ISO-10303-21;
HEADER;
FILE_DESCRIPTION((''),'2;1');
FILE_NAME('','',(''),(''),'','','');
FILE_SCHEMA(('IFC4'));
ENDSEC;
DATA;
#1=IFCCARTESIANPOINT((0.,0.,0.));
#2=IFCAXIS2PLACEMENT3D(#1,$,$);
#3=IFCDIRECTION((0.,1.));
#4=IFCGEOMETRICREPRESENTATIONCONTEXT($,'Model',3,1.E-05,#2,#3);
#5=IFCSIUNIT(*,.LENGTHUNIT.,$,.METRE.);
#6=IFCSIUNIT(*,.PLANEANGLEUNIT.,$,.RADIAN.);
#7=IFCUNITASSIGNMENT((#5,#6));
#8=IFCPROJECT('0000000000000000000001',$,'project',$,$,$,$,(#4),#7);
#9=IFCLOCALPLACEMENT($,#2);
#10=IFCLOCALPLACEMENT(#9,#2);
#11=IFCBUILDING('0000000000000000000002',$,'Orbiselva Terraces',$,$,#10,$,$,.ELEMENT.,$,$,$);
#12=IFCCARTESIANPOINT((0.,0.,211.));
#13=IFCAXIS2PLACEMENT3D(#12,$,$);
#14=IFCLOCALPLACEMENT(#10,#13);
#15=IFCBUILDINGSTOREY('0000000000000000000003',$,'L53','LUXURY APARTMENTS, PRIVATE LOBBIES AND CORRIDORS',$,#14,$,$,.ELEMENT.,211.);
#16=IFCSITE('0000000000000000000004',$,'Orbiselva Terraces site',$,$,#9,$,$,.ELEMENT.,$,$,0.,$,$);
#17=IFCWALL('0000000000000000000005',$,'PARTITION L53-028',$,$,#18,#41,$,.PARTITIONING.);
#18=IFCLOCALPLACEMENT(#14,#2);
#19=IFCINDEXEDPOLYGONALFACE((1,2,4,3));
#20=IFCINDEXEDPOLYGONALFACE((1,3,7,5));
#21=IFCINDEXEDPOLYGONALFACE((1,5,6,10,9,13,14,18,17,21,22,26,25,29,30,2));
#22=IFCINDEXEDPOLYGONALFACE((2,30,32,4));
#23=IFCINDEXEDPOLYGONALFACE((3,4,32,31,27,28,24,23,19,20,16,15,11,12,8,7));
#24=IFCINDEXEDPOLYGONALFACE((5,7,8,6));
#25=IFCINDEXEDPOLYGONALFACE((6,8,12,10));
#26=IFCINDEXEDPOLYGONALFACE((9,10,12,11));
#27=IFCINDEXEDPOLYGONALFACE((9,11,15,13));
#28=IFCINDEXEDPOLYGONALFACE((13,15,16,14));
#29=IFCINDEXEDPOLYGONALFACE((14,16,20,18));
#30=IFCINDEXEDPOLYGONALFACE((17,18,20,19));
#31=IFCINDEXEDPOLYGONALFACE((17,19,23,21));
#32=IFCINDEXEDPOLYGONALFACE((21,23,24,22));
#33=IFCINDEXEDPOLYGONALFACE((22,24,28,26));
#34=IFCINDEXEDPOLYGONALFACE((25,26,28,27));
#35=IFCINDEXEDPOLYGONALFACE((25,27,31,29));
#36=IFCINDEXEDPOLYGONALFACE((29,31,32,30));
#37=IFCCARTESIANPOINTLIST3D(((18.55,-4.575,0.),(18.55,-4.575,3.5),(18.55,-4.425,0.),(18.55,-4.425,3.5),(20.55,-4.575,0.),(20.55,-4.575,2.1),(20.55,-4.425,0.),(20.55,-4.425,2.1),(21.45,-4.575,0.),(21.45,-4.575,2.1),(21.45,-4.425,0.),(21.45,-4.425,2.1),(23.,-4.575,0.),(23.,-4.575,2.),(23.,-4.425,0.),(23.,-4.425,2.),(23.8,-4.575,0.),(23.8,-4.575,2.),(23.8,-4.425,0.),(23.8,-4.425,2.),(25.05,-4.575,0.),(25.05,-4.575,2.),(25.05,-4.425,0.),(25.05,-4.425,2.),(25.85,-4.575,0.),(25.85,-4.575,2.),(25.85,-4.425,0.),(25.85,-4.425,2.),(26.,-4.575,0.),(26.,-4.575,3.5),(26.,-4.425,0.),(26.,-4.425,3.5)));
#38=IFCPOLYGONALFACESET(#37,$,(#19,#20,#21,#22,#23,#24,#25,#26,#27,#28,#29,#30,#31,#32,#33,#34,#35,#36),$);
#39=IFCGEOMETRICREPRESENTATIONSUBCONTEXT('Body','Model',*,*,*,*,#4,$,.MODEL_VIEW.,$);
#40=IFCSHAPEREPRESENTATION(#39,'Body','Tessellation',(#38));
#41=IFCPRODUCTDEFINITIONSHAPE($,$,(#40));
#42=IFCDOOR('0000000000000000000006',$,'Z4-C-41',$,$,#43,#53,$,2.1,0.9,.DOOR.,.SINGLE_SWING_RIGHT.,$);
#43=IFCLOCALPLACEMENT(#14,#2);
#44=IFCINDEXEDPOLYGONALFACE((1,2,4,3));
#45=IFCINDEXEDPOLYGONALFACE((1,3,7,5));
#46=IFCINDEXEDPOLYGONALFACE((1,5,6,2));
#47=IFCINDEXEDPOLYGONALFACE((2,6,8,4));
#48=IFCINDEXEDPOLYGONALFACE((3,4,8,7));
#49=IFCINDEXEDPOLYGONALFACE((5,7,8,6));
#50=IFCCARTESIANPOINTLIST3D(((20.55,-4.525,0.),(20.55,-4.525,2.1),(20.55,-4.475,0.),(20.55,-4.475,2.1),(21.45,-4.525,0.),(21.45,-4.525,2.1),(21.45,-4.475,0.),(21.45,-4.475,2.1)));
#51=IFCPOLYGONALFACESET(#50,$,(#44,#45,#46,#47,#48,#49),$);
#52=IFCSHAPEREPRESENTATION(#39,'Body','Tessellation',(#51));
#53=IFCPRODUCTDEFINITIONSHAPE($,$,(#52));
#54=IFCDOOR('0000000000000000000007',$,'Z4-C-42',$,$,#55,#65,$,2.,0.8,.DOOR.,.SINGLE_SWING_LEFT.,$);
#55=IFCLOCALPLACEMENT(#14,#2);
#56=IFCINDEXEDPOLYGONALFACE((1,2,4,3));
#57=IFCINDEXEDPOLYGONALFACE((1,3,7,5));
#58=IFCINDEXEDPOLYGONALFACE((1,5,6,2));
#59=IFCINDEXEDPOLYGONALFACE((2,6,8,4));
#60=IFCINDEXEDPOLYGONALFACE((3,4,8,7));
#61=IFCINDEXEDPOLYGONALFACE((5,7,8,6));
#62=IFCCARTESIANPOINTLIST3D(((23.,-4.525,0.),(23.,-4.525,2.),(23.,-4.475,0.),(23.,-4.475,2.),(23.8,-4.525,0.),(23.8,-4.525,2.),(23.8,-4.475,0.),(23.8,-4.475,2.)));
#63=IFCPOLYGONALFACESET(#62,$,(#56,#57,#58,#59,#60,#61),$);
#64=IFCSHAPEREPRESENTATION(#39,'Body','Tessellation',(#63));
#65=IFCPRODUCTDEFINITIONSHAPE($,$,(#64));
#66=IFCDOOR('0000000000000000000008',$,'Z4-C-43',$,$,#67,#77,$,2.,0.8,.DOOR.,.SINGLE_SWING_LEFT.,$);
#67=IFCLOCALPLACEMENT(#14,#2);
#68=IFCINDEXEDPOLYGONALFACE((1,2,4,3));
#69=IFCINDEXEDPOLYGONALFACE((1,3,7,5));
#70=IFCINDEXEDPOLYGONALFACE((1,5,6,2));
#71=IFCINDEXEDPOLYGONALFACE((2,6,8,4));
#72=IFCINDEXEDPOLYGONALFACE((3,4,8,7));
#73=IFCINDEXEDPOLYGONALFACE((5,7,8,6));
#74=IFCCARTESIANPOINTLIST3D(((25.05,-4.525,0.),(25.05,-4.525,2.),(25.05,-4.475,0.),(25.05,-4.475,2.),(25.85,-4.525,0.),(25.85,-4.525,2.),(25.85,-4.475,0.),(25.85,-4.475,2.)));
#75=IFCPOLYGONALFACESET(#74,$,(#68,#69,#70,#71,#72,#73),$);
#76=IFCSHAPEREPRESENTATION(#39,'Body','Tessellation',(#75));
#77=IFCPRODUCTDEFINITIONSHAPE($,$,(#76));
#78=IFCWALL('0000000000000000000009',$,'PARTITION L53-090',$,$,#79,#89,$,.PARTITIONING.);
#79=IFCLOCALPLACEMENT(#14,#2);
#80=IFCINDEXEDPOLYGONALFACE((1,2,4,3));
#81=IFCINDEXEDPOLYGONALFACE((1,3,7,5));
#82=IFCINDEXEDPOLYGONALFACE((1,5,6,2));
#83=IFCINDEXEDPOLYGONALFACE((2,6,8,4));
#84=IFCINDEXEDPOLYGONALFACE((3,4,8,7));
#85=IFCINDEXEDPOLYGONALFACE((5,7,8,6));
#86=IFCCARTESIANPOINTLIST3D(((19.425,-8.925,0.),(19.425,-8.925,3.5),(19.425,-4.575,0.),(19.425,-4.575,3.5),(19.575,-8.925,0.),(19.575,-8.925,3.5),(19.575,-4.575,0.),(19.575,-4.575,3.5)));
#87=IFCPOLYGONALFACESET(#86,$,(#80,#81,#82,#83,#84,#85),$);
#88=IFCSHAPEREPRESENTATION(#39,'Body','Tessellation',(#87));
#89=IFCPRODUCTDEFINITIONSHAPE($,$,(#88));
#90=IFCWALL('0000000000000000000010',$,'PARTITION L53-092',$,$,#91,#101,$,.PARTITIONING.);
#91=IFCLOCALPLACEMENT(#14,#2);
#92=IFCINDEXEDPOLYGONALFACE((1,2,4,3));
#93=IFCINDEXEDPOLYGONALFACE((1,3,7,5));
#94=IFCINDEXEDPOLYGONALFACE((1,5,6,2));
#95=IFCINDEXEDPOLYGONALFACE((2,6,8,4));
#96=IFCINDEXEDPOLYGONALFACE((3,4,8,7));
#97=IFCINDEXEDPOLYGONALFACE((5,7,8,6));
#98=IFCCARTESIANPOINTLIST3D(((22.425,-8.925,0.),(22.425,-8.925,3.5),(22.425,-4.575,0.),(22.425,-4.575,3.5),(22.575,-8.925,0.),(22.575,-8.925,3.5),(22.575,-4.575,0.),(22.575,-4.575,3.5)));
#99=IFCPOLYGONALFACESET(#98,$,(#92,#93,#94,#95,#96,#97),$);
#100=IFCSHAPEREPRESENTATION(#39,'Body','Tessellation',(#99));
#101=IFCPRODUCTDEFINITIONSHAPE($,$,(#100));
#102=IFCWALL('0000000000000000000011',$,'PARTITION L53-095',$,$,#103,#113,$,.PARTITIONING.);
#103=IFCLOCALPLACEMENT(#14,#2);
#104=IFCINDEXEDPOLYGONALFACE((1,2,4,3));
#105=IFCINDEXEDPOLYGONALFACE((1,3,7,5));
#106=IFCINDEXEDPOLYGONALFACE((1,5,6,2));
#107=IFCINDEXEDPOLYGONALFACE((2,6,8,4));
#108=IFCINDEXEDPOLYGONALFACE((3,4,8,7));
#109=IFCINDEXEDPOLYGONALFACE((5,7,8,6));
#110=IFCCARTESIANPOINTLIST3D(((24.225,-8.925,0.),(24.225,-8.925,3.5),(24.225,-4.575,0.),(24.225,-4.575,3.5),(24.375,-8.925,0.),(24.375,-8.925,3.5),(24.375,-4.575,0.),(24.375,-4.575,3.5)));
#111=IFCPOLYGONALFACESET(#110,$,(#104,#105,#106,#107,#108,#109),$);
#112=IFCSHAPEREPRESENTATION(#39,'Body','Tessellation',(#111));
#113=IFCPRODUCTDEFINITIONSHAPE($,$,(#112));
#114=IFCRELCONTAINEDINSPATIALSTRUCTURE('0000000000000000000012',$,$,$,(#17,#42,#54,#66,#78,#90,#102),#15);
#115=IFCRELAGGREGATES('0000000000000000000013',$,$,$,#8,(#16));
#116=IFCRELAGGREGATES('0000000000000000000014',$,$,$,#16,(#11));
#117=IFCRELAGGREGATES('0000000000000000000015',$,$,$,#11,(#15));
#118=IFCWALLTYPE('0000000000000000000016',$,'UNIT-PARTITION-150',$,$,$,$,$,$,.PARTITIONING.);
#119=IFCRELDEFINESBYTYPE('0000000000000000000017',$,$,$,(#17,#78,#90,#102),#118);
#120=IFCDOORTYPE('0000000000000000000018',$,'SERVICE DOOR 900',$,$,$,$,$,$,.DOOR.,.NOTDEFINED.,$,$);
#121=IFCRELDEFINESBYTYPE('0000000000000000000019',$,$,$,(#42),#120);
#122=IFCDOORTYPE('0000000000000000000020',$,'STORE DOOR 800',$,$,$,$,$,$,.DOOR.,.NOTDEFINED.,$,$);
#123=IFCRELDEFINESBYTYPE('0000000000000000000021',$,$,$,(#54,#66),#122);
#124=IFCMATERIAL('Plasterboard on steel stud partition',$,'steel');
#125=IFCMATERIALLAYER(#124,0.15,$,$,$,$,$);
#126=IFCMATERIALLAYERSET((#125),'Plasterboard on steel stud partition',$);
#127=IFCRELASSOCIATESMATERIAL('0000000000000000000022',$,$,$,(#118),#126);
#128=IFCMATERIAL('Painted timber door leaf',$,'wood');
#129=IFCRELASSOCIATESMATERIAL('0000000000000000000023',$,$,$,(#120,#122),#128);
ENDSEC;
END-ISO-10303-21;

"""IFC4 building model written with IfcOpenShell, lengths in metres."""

from ifc_helpers import new_model, si_unit, direction, frame, frame_2d, origin, place, context, subcontext, project, spatial, rectangle, extrude, material, layer, layer_set, type_object, element, fill, save


model = new_model("IFC4")

# Units and contexts
model_context = context("Model", 3, precision=1e-05, world=origin(), true_north=direction((0.0, 1.0)))
body_context = subcontext(model_context, "Body", "Model", "MODEL_VIEW")
ifc_project = project(units=[si_unit("LENGTHUNIT", "METRE"), si_unit("PLANEANGLEUNIT", "RADIAN")], contexts=[model_context])

# Site, building, storey
site_placement = place(None, origin())
site = spatial("IfcSite", under=ifc_project, at=site_placement, Name="Orbiselva Terraces site", CompositionType="ELEMENT", RefElevation=0.0)
building_placement = place(site_placement, origin())
building = spatial("IfcBuilding", under=site, at=building_placement, Name="Orbiselva Terraces", CompositionType="ELEMENT")
storey_placement = place(building_placement, frame((0.0, 0.0, 211.0)))
storey = spatial("IfcBuildingStorey", under=building, at=storey_placement, Name="L53", Description="LUXURY APARTMENTS, PRIVATE LOBBIES AND CORRIDORS", CompositionType="ELEMENT", Elevation=211.0)

# Shared definitions
ifc_material_1 = material(Name="Plasterboard on steel stud partition", Category="steel")
ifc_layer_1 = layer(ifc_material_1, 0.15)
ifc_layer_set_1 = layer_set([ifc_layer_1], Name="Plasterboard on steel stud partition")
wall_type_1 = type_object("IfcWallType", Name="UNIT-PARTITION-150", PredefinedType="PARTITIONING", material=ifc_layer_set_1)
ifc_material_2 = material(Name="Painted timber door leaf", Category="wood")

# Wall, openings, doors
wall_1_placement = place(storey_placement, frame((26.0, -4.5, 0.0), z_axis=(0.0, 0.0, 1.0), x_axis=(-1.0, 0.0, 0.0)))
wall_1 = element("IfcWall", 1, at=wall_1_placement, inside=storey, type_object=wall_type_1, Name="PARTITION L53-028", PredefinedType="PARTITIONING", context=body_context, shape_type="SweptSolid", body=[
    extrude(rectangle(XDim=7.45, YDim=0.15, at=frame_2d((3.725, 0.0))), origin(), (0.0, 0.0, 1.0), 3.5),
])
opening_1_placement = place(wall_1_placement, frame((4.55, 0.0, 0.0)))
opening_1 = element("IfcOpeningElement", 2, at=opening_1_placement, cuts=wall_1, PredefinedType="OPENING", context=body_context, shape_type="SweptSolid", body=[
    extrude(rectangle(XDim=0.9, YDim=2.1, at=frame_2d((0.45, 1.05))), frame((0.0, 0.085, 0.0), z_axis=(0.0, -1.0, 0.0), x_axis=(1.0, 0.0, 0.0)), (0.0, 0.0, 1.0), 0.17),
])
opening_2_placement = place(wall_1_placement, frame((2.2, 0.0, 0.0)))
opening_2 = element("IfcOpeningElement", 3, at=opening_2_placement, cuts=wall_1, PredefinedType="OPENING", context=body_context, shape_type="SweptSolid", body=[
    extrude(rectangle(XDim=0.8, YDim=2.0, at=frame_2d((0.4, 1.0))), frame((0.0, 0.085, 0.0), z_axis=(0.0, -1.0, 0.0), x_axis=(1.0, 0.0, 0.0)), (0.0, 0.0, 1.0), 0.17),
])
opening_3_placement = place(wall_1_placement, frame((0.15, 0.0, 0.0)))
opening_3 = element("IfcOpeningElement", 4, at=opening_3_placement, cuts=wall_1, PredefinedType="OPENING", context=body_context, shape_type="SweptSolid", body=[
    extrude(rectangle(XDim=0.8, YDim=2.0, at=frame_2d((0.4, 1.0))), frame((0.0, 0.085, 0.0), z_axis=(0.0, -1.0, 0.0), x_axis=(1.0, 0.0, 0.0)), (0.0, 0.0, 1.0), 0.17),
])
door_type_1 = type_object("IfcDoorType", Name="SERVICE DOOR 900", OperationType="NOTDEFINED", PredefinedType="DOOR", material=ifc_material_2)
door_1_placement = place(opening_1_placement, origin())
door_1 = element("IfcDoor", 5, at=door_1_placement, inside=storey, type_object=door_type_1, Name="Z4-C-41", OperationType="SINGLE_SWING_RIGHT", OverallHeight=2.1, OverallWidth=0.9, PredefinedType="DOOR", context=body_context, shape_type="SweptSolid", body=[
    extrude(rectangle(XDim=0.9, YDim=2.1, at=frame_2d((0.45, 1.05))), frame((0.0, 0.025, 0.0), z_axis=(0.0, -1.0, 0.0), x_axis=(1.0, 0.0, 0.0)), (0.0, 0.0, 1.0), 0.05),
])
fill(opening_1, door_1)
door_type_2 = type_object("IfcDoorType", Name="STORE DOOR 800", OperationType="NOTDEFINED", PredefinedType="DOOR", material=ifc_material_2)
door_2_placement = place(opening_2_placement, origin())
door_2 = element("IfcDoor", 6, at=door_2_placement, inside=storey, type_object=door_type_2, Name="Z4-C-42", OperationType="SINGLE_SWING_LEFT", OverallHeight=2.0, OverallWidth=0.8, PredefinedType="DOOR", context=body_context, shape_type="SweptSolid", body=[
    extrude(rectangle(XDim=0.8, YDim=2.0, at=frame_2d((0.4, 1.0))), frame((0.0, 0.025, 0.0), z_axis=(0.0, -1.0, 0.0), x_axis=(1.0, 0.0, 0.0)), (0.0, 0.0, 1.0), 0.05),
])
fill(opening_2, door_2)
door_3_placement = place(opening_3_placement, origin())
door_3 = element("IfcDoor", 7, at=door_3_placement, inside=storey, type_object=door_type_2, Name="Z4-C-43", OperationType="SINGLE_SWING_LEFT", OverallHeight=2.0, OverallWidth=0.8, PredefinedType="DOOR", context=body_context, shape_type="SweptSolid", body=[
    extrude(rectangle(XDim=0.8, YDim=2.0, at=frame_2d((0.4, 1.0))), frame((0.0, 0.025, 0.0), z_axis=(0.0, -1.0, 0.0), x_axis=(1.0, 0.0, 0.0)), (0.0, 0.0, 1.0), 0.05),
])
fill(opening_3, door_3)

# Walls
for number, where, z_axis, x_axis, name in (
    (8, (19.5, -8.925, 0.0), (0.0, 0.0, 1.0), (0.0, 1.0, 0.0), "PARTITION L53-090"),
    (9, (22.5, -8.925, 0.0), (0.0, 0.0, 1.0), (0.0, 1.0, 0.0), "PARTITION L53-092"),
    (10, (24.3, -8.925, 0.0), (0.0, 0.0, 1.0), (0.0, 1.0, 0.0), "PARTITION L53-095"),
):
    element("IfcWall", number, at=place(storey_placement, frame(where, z_axis=z_axis, x_axis=x_axis)), inside=storey, type_object=wall_type_1, Name=name, PredefinedType="PARTITIONING", context=body_context, shape_type="SweptSolid", body=[
        extrude(rectangle(XDim=4.35, YDim=0.15, at=frame_2d((2.175, 0.0))), origin(), (0.0, 0.0, 1.0), 3.5),
    ])

save(model, "model.ifc")
